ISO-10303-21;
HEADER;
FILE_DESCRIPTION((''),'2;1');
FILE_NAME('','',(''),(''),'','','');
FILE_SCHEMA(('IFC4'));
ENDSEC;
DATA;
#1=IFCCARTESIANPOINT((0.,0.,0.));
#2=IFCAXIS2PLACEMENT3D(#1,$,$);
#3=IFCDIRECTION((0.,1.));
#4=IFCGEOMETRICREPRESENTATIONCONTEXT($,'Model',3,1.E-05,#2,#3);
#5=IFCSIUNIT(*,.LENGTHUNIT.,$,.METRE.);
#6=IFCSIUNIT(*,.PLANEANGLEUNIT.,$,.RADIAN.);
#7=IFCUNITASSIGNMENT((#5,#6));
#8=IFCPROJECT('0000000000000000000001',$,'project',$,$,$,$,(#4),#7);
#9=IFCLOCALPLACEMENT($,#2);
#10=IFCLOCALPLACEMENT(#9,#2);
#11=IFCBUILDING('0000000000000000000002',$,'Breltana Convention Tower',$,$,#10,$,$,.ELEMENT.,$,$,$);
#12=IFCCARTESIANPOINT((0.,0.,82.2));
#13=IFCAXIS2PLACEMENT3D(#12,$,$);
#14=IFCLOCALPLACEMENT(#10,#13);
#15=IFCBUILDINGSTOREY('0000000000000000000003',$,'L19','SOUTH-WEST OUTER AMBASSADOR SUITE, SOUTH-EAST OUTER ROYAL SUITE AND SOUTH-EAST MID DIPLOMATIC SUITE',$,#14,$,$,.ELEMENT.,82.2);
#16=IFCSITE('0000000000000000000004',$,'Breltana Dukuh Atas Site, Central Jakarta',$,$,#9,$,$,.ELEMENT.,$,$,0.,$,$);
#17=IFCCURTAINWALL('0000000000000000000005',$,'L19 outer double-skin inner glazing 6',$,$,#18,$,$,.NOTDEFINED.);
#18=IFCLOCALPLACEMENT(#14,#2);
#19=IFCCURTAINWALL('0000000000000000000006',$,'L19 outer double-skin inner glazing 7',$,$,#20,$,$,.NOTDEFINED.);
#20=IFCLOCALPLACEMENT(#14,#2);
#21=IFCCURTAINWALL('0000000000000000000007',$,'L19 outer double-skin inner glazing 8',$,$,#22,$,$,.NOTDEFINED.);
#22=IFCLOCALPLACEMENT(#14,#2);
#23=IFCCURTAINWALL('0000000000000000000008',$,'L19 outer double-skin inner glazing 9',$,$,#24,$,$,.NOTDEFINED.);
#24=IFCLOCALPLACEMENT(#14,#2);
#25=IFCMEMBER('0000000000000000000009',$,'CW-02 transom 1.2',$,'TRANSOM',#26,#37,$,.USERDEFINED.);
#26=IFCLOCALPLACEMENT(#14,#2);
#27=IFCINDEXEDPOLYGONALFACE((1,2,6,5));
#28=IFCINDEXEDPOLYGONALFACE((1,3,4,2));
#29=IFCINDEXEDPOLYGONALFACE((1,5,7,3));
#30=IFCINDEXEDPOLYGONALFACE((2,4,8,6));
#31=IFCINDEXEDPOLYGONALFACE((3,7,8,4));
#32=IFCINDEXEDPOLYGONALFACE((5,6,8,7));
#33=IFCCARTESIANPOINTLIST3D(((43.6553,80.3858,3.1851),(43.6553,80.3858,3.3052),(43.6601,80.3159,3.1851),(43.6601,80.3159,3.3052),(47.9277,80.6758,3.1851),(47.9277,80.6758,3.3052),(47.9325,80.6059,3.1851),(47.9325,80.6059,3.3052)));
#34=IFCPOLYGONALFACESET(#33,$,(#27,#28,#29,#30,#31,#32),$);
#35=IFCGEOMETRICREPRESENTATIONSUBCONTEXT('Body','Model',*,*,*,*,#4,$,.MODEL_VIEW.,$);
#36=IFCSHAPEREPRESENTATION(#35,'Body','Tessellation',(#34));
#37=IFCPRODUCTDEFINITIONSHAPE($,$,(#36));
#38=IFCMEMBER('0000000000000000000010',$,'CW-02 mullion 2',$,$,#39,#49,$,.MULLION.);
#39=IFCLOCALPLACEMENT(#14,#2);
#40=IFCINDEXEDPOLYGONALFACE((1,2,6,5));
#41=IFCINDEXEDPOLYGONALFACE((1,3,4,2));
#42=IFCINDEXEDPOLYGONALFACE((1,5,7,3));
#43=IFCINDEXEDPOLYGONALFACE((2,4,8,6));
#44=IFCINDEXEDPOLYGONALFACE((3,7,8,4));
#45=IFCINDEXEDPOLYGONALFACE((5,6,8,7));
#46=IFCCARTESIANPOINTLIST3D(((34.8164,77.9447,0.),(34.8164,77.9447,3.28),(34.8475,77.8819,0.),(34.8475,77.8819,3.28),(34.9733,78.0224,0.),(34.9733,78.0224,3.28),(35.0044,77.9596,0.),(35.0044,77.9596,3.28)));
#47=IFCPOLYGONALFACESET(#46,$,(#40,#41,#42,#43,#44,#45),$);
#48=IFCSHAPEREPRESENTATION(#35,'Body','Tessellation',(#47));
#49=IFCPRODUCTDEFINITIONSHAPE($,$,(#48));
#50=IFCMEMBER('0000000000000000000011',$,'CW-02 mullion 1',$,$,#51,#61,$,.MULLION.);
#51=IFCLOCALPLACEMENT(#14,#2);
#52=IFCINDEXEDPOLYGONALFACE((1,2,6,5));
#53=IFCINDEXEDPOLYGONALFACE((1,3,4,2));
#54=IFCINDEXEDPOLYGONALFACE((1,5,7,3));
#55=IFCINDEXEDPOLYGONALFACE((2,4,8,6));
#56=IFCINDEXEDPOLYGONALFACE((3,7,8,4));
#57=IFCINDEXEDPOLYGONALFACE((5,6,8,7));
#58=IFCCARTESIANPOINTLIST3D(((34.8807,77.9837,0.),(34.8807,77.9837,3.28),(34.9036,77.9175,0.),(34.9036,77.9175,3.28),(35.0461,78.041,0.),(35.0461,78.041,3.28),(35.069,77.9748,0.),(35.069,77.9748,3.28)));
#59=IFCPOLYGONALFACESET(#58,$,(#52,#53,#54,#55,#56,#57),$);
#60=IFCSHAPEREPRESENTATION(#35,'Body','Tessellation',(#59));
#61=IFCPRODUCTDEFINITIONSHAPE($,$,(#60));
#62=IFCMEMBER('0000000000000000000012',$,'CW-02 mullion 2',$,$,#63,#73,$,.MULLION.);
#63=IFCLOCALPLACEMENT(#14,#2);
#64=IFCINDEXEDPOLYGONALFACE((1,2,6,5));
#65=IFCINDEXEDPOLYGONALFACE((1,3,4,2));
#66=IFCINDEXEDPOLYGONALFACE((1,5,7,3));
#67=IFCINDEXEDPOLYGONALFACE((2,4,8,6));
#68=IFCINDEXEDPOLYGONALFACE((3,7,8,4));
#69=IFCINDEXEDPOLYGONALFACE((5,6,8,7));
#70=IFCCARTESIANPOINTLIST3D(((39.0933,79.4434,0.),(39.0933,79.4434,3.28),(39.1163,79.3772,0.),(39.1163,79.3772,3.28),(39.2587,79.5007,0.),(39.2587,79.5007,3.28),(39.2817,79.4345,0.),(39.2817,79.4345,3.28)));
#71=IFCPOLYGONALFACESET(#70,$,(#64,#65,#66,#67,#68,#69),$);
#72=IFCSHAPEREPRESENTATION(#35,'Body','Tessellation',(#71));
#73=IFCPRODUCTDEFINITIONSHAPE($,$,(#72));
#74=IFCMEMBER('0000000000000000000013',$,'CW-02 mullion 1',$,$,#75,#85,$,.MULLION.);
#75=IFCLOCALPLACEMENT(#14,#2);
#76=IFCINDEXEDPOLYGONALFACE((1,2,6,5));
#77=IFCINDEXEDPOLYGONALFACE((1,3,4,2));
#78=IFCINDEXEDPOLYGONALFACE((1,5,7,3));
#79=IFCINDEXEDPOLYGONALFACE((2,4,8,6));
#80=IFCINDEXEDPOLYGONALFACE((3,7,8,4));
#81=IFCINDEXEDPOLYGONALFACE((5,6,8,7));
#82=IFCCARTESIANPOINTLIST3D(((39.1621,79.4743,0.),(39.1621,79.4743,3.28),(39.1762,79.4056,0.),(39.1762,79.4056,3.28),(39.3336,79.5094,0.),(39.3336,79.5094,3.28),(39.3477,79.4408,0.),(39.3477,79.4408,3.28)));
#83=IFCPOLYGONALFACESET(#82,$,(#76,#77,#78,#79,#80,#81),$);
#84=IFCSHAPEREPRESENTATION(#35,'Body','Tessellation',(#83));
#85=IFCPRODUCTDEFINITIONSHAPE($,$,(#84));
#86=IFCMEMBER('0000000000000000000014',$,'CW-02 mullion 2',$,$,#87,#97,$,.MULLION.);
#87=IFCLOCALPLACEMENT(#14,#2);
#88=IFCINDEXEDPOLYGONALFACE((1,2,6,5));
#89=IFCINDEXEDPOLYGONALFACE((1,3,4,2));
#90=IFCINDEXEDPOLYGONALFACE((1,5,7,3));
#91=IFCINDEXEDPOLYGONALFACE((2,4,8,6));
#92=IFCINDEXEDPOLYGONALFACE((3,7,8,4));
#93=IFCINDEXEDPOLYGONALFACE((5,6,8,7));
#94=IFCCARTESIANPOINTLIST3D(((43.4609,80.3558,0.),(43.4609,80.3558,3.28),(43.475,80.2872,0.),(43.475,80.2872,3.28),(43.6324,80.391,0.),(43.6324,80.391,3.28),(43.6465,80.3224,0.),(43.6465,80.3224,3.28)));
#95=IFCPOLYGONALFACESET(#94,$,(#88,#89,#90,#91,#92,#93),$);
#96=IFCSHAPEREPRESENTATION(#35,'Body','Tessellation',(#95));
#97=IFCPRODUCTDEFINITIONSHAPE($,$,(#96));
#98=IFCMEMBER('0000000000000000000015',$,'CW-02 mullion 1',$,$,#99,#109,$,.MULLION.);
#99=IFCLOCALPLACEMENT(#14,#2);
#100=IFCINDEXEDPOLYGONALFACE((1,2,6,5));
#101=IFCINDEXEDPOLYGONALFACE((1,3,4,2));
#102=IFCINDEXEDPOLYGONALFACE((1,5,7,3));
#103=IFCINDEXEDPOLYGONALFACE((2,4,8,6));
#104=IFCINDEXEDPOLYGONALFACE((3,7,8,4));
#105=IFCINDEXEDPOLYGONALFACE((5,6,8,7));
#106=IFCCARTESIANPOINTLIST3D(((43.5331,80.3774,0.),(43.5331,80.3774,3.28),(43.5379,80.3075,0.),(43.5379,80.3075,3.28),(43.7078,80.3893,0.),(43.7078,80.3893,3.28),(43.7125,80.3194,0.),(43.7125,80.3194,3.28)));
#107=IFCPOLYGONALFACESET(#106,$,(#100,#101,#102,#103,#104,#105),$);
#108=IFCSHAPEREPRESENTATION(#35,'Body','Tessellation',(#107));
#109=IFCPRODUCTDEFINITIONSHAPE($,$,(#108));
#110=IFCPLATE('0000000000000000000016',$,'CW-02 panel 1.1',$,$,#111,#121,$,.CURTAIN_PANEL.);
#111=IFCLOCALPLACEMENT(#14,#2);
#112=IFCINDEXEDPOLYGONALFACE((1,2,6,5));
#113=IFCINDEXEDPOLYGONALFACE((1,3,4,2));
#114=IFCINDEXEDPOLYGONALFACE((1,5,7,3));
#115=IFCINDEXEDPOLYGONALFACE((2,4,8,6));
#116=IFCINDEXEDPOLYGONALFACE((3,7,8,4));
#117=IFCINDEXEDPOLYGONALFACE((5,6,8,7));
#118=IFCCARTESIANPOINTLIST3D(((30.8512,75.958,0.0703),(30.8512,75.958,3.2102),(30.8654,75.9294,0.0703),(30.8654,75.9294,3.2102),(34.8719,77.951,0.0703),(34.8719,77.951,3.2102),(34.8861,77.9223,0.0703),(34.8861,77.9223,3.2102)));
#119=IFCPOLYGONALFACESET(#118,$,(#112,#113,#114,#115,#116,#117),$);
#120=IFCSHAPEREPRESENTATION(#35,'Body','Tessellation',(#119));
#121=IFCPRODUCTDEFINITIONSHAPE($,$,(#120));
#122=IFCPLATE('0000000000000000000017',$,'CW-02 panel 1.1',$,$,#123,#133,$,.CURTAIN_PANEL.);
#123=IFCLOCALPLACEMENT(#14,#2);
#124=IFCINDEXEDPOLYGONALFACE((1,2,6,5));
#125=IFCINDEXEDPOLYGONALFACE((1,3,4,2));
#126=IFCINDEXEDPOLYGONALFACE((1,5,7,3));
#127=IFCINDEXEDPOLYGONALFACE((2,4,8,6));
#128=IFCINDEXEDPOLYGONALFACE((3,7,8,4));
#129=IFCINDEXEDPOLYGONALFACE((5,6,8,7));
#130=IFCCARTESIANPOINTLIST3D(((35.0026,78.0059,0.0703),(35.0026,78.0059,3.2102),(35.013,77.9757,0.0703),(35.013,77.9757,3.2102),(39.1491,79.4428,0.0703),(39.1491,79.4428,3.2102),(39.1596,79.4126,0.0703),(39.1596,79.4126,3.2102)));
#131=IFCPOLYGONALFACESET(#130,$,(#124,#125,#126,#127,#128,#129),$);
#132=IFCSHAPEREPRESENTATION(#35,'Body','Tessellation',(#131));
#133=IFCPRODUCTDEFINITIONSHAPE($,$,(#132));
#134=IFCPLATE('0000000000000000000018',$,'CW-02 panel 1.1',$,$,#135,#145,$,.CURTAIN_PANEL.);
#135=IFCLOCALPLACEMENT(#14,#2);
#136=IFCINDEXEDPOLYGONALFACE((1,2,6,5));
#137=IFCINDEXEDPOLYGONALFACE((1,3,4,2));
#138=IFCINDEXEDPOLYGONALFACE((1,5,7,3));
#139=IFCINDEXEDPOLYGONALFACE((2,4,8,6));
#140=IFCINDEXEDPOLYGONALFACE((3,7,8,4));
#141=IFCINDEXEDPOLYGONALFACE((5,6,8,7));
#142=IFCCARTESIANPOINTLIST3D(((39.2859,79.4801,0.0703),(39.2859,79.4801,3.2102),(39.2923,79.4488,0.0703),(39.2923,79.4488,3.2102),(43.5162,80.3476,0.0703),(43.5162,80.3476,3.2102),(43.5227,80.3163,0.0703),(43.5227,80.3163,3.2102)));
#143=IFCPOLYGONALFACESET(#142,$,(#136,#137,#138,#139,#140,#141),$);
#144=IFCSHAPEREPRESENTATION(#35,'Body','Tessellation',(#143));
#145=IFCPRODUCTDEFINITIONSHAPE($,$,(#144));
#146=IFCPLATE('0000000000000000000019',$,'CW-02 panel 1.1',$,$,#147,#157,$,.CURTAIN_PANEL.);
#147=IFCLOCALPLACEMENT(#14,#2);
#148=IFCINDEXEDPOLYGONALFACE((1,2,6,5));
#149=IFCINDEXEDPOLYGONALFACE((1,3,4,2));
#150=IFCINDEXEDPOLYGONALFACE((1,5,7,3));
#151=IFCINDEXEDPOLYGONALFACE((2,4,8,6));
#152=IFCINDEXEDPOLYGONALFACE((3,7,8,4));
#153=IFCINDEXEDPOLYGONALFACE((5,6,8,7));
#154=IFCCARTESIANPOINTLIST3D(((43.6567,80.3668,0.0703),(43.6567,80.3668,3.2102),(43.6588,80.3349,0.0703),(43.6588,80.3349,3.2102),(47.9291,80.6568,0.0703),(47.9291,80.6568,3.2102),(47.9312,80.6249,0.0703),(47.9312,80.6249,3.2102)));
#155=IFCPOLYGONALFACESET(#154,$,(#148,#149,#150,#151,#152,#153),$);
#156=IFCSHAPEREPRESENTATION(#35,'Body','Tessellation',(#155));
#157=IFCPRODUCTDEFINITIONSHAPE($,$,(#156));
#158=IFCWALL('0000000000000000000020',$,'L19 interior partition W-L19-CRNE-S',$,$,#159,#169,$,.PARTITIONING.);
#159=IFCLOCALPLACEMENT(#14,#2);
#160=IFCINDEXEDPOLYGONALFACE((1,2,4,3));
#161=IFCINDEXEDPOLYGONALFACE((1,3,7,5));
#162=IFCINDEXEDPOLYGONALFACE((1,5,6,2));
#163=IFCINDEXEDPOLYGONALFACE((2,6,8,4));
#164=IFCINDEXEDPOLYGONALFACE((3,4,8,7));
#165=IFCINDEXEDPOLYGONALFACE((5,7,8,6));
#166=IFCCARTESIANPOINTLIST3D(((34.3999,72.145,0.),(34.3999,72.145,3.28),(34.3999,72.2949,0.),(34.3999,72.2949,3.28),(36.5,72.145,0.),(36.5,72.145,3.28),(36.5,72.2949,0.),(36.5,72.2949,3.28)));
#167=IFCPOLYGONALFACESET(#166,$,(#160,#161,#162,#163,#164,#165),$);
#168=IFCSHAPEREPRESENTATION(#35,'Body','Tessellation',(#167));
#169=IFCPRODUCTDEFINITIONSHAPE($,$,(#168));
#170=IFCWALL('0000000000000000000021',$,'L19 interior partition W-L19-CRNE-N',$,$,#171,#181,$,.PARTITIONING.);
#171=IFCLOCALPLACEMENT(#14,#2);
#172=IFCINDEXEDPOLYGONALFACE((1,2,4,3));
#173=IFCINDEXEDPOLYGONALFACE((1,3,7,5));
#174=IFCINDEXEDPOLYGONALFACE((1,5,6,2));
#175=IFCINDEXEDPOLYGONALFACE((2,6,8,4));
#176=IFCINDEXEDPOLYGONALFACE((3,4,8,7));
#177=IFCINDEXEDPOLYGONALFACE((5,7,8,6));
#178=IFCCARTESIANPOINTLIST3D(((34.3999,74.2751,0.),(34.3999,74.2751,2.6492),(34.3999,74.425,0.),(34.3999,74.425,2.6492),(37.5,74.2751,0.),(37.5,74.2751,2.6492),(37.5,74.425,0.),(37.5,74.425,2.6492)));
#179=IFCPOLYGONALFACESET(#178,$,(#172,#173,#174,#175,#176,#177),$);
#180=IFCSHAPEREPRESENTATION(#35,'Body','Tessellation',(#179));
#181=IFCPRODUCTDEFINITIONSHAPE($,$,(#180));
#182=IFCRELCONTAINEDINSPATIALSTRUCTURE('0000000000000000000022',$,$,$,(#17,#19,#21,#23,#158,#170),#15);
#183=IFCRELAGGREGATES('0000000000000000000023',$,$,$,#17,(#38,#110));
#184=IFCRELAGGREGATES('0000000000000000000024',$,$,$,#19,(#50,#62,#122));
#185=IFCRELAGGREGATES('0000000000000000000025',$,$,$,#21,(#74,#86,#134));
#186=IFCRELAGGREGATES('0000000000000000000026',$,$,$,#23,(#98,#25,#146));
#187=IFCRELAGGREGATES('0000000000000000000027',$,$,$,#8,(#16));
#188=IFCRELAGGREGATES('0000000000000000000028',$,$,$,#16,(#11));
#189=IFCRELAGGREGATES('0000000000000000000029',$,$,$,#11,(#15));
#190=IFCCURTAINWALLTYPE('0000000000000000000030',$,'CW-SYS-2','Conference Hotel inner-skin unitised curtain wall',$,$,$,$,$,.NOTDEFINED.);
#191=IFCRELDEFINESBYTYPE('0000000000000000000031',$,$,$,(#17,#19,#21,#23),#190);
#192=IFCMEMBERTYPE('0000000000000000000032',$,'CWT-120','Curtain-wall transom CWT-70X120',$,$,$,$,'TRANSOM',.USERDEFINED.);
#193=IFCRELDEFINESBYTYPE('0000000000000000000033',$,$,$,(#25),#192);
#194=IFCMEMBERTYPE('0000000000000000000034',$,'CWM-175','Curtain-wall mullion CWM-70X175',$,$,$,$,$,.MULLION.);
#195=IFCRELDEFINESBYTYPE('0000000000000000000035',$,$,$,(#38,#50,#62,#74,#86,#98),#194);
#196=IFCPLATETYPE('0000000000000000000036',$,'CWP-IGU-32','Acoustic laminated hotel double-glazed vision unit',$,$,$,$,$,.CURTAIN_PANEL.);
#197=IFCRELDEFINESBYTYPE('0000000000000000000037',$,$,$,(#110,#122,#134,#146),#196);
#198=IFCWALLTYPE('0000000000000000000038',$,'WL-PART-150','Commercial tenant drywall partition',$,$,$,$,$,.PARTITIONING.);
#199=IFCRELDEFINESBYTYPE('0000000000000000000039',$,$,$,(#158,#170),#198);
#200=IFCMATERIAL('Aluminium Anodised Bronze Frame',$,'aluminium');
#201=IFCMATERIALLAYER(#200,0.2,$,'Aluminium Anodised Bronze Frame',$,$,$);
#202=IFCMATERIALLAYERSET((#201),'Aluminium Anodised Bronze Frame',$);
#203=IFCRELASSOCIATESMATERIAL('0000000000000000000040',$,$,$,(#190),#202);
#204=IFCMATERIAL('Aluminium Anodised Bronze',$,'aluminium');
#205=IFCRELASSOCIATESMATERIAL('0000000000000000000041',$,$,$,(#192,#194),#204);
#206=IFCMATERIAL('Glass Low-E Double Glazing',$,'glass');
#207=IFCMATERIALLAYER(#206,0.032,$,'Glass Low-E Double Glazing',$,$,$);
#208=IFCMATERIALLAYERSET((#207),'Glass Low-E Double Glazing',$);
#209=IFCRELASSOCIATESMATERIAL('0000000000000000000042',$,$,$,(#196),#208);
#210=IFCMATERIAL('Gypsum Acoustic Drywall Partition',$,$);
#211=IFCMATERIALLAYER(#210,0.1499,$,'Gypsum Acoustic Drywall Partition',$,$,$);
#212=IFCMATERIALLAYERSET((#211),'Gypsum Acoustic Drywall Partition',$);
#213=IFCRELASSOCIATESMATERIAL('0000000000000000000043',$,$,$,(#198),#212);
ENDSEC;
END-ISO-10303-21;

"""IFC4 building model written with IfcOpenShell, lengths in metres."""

from ifc_helpers import new_model, si_unit, direction, frame, frame_2d, origin, origin_2d, place, context, subcontext, project, spatial, rectangle, extrude, source, transform, mapped, material, layer, layer_set, material_profile, profile_set, type_object, element, aggregate, save


model = new_model("IFC4")

# Units and contexts
model_context = context("Model", 3, precision=1e-05, world=origin(), true_north=direction((0.0, 1.0)))
body_context = subcontext(model_context, "Body", "Model", "MODEL_VIEW")
ifc_project = project(units=[si_unit("LENGTHUNIT", "METRE"), si_unit("PLANEANGLEUNIT", "RADIAN")], contexts=[model_context])

# Site, building, storey
site_placement = place(None, origin())
site = spatial("IfcSite", under=ifc_project, at=site_placement, Name="Breltana Dukuh Atas Site, Central Jakarta", CompositionType="ELEMENT", RefElevation=0.0)
building_placement = place(site_placement, origin())
building = spatial("IfcBuilding", under=site, at=building_placement, Name="Breltana Convention Tower", CompositionType="ELEMENT")
storey_placement = place(building_placement, frame((0.0, 0.0, 82.2)))
storey = spatial("IfcBuildingStorey", under=building, at=storey_placement, Name="L19", Description="SOUTH-WEST OUTER AMBASSADOR SUITE, SOUTH-EAST OUTER ROYAL SUITE AND SOUTH-EAST MID DIPLOMATIC SUITE", CompositionType="ELEMENT", Elevation=82.2)

# Curtain wall
ifc_material_1 = material(Name="Aluminium Anodised Bronze Frame", Category="aluminium")
ifc_layer_1 = layer(ifc_material_1, 0.2, Name="Aluminium Anodised Bronze Frame")
ifc_layer_set_1 = layer_set([ifc_layer_1], Name="Aluminium Anodised Bronze Frame")
curtain_wall_type = type_object("IfcCurtainWallType", Name="CW-SYS-2", Description="Conference Hotel inner-skin unitised curtain wall", PredefinedType="NOTDEFINED", material=ifc_layer_set_1)
curtain_wall_1_placement = place(storey_placement, origin())
curtain_wall_1 = element("IfcCurtainWall", 1, at=curtain_wall_1_placement, inside=storey, type_object=curtain_wall_type, Name="L19 outer double-skin inner glazing 6", PredefinedType="NOTDEFINED")
ifc_material_2 = material(Name="Aluminium Anodised Bronze", Category="aluminium")
ifc_material_profile_1 = material_profile(ifc_material_2, rectangle(XDim=0.0701, YDim=0.1201, at=origin_2d()), Name="CWT-70X120")
ifc_profile_set_1 = profile_set([ifc_material_profile_1], Name="Aluminium Anodised Bronze")
member_type_1 = type_object("IfcMemberType", Name="CWT-120", Description="Curtain-wall transom CWT-70X120", ElementType="TRANSOM", PredefinedType="USERDEFINED", material=ifc_profile_set_1)

# Curtain walls, member
curtain_wall_2_placement = place(storey_placement, origin())
curtain_wall_2 = element("IfcCurtainWall", 2, at=curtain_wall_2_placement, inside=storey, type_object=curtain_wall_type, Name="L19 outer double-skin inner glazing 7", PredefinedType="NOTDEFINED")
curtain_wall_3_placement = place(storey_placement, origin())
curtain_wall_3 = element("IfcCurtainWall", 3, at=curtain_wall_3_placement, inside=storey, type_object=curtain_wall_type, Name="L19 outer double-skin inner glazing 8", PredefinedType="NOTDEFINED")
curtain_wall_4_placement = place(storey_placement, origin())
curtain_wall_4 = element("IfcCurtainWall", 4, at=curtain_wall_4_placement, inside=storey, type_object=curtain_wall_type, Name="L19 outer double-skin inner glazing 9", PredefinedType="NOTDEFINED")
shared_shape_1 = source(origin(), body_context, "Body", "SweptSolid", [
    extrude(rectangle(XDim=0.0701, YDim=0.1201, at=origin_2d()), origin(), (0.0, 0.0, 1.0), 4.2822),
])
member_1_placement = place(storey_placement, frame((43.6577, 80.3508, 3.2451), z_axis=(0.997704, 0.06773, 0.0), x_axis=(-0.06773, 0.997704, 0.0)))
member_1 = element("IfcMember", 5, at=member_1_placement, type_object=member_type_1, Name="CW-02 transom 1.2", ObjectType="TRANSOM", PredefinedType="USERDEFINED", context=body_context, shape_type="MappedRepresentation", body=[
    mapped(shared_shape_1, transform((0.0, 0.0, 0.0), scale=1.0)),
])

# Members
ifc_material_profile_2 = material_profile(ifc_material_2, rectangle(XDim=0.0701, YDim=0.175, at=origin_2d()), Name="CWM-70X175")
ifc_profile_set_2 = profile_set([ifc_material_profile_2], Name="Aluminium Anodised Bronze")
member_type_2 = type_object("IfcMemberType", Name="CWM-175", Description="Curtain-wall mullion CWM-70X175", PredefinedType="MULLION", material=ifc_profile_set_2)
shared_shape_2 = source(origin(), body_context, "Body", "SweptSolid", [
    extrude(rectangle(XDim=0.0701, YDim=0.175, at=origin_2d()), origin(), (0.0, 0.0, 1.0), 3.28),
])
member_2_placement = place(storey_placement, frame((34.9104, 77.9521, 0.0), z_axis=(0.0, 0.0, 1.0), x_axis=(-0.444108, 0.895973, 0.0)))
member_2 = element("IfcMember", 6, at=member_2_placement, type_object=member_type_2, Name="CW-02 mullion 2", PredefinedType="MULLION", context=body_context, shape_type="MappedRepresentation", body=[
    mapped(shared_shape_2, transform((0.0, 0.0, 0.0), scale=1.0)),
])
member_3_placement = place(storey_placement, frame((34.9749, 77.9792, 0.0), z_axis=(0.0, 0.0, 1.0), x_axis=(-0.327428, 0.944876, 0.0)))
member_3 = element("IfcMember", 7, at=member_3_placement, type_object=member_type_2, Name="CW-02 mullion 1", PredefinedType="MULLION", context=body_context, shape_type="MappedRepresentation", body=[
    mapped(shared_shape_2, transform((0.0, 0.0, 0.0), scale=1.0)),
])
member_4_placement = place(storey_placement, frame((39.1875, 79.439, 0.0), z_axis=(0.0, 0.0, 1.0), x_axis=(-0.327428, 0.944876, 0.0)))
member_4 = element("IfcMember", 8, at=member_4_placement, type_object=member_type_2, Name="CW-02 mullion 2", PredefinedType="MULLION", context=body_context, shape_type="MappedRepresentation", body=[
    mapped(shared_shape_2, transform((0.0, 0.0, 0.0), scale=1.0)),
])
member_5_placement = place(storey_placement, frame((39.2549, 79.4575, 0.0), z_axis=(0.0, 0.0, 1.0), x_axis=(-0.200885, 0.979615, 0.0)))
member_5 = element("IfcMember", 9, at=member_5_placement, type_object=member_type_2, Name="CW-02 mullion 1", PredefinedType="MULLION", context=body_context, shape_type="MappedRepresentation", body=[
    mapped(shared_shape_2, transform((0.0, 0.0, 0.0), scale=1.0)),
])
member_6_placement = place(storey_placement, frame((43.5537, 80.3391, 0.0), z_axis=(0.0, 0.0, 1.0), x_axis=(-0.200885, 0.979615, 0.0)))
member_6 = element("IfcMember", 10, at=member_6_placement, type_object=member_type_2, Name="CW-02 mullion 2", PredefinedType="MULLION", context=body_context, shape_type="MappedRepresentation", body=[
    mapped(shared_shape_2, transform((0.0, 0.0, 0.0), scale=1.0)),
])
member_7_placement = place(storey_placement, frame((43.6228, 80.3484, 0.0), z_axis=(0.0, 0.0, 1.0), x_axis=(-0.067726, 0.997704, 0.0)))
member_7 = element("IfcMember", 11, at=member_7_placement, type_object=member_type_2, Name="CW-02 mullion 1", PredefinedType="MULLION", context=body_context, shape_type="MappedRepresentation", body=[
    mapped(shared_shape_2, transform((0.0, 0.0, 0.0), scale=1.0)),
])

# Plates
ifc_material_3 = material(Name="Glass Low-E Double Glazing", Category="glass")
ifc_layer_2 = layer(ifc_material_3, 0.032, Name="Glass Low-E Double Glazing")
ifc_layer_set_2 = layer_set([ifc_layer_2], Name="Glass Low-E Double Glazing")
plate_type = type_object("IfcPlateType", Name="CWP-IGU-32", Description="Acoustic laminated hotel double-glazed vision unit", PredefinedType="CURTAIN_PANEL", material=ifc_layer_set_2)
shared_shape_3 = source(origin(), body_context, "Body", "SweptSolid", [
    extrude(rectangle(XDim=4.4875, YDim=0.032, at=origin_2d()), origin(), (0.0, 0.0, 1.0), 3.1399),
])
plate_1_placement = place(storey_placement, frame((32.8687, 76.9402, 0.0703), z_axis=(0.0, 0.0, 1.0), x_axis=(0.895973, 0.444108, 0.0)))
plate_1 = element("IfcPlate", 12, at=plate_1_placement, type_object=plate_type, Name="CW-02 panel 1.1", PredefinedType="CURTAIN_PANEL", context=body_context, shape_type="MappedRepresentation", body=[
    mapped(shared_shape_3, transform((0.0, 0.0, 0.0), scale=1.0)),
])
aggregate(curtain_wall_1, [member_2, plate_1])
shared_shape_4 = source(origin(), body_context, "Body", "SweptSolid", [
    extrude(rectangle(XDim=4.3884, YDim=0.032, at=origin_2d()), origin(), (0.0, 0.0, 1.0), 3.1399),
])
plate_2_placement = place(storey_placement, frame((37.0811, 78.7092, 0.0703), z_axis=(0.0, 0.0, 1.0), x_axis=(0.944876, 0.327428, 0.0)))
plate_2 = element("IfcPlate", 13, at=plate_2_placement, type_object=plate_type, Name="CW-02 panel 1.1", PredefinedType="CURTAIN_PANEL", context=body_context, shape_type="MappedRepresentation", body=[
    mapped(shared_shape_4, transform((0.0, 0.0, 0.0), scale=1.0)),
])
aggregate(curtain_wall_2, [member_3, member_4, plate_2])
shared_shape_5 = source(origin(), body_context, "Body", "SweptSolid", [
    extrude(rectangle(XDim=4.3184, YDim=0.032, at=origin_2d()), origin(), (0.0, 0.0, 1.0), 3.1399),
])
plate_3_placement = place(storey_placement, frame((41.4043, 79.8982, 0.0703), z_axis=(0.0, 0.0, 1.0), x_axis=(0.979615, 0.200885, 0.0)))
plate_3 = element("IfcPlate", 14, at=plate_3_placement, type_object=plate_type, Name="CW-02 panel 1.1", PredefinedType="CURTAIN_PANEL", context=body_context, shape_type="MappedRepresentation", body=[
    mapped(shared_shape_5, transform((0.0, 0.0, 0.0), scale=1.0)),
])
aggregate(curtain_wall_3, [member_5, member_6, plate_3])
shared_shape_6 = source(origin(), body_context, "Body", "SweptSolid", [
    extrude(rectangle(XDim=4.2822, YDim=0.032, at=origin_2d()), origin(), (0.0, 0.0, 1.0), 3.1399),
])
plate_4_placement = place(storey_placement, frame((45.7939, 80.4958, 0.0703), z_axis=(0.0, 0.0, 1.0), x_axis=(0.997704, 0.067726, 0.0)))
plate_4 = element("IfcPlate", 15, at=plate_4_placement, type_object=plate_type, Name="CW-02 panel 1.1", PredefinedType="CURTAIN_PANEL", context=body_context, shape_type="MappedRepresentation", body=[
    mapped(shared_shape_6, transform((0.0, 0.0, 0.0), scale=1.0)),
])
aggregate(curtain_wall_4, [member_7, member_1, plate_4])

# Walls
ifc_material_4 = material(Name="Gypsum Acoustic Drywall Partition")
ifc_layer_3 = layer(ifc_material_4, 0.1499, Name="Gypsum Acoustic Drywall Partition")
ifc_layer_set_3 = layer_set([ifc_layer_3], Name="Gypsum Acoustic Drywall Partition")
wall_type_1 = type_object("IfcWallType", Name="WL-PART-150", Description="Commercial tenant drywall partition", PredefinedType="PARTITIONING", material=ifc_layer_set_3)
shared_shape_7 = source(origin(), body_context, "Body", "SweptSolid", [
    extrude(rectangle(XDim=2.1001, YDim=0.1499, at=frame_2d((1.05, 0.0))), origin(), (0.0, 0.0, 1.0), 3.28),
])
wall_1_placement = place(storey_placement, frame((34.3999, 72.22, 0.0), z_axis=(0.0, 0.0, 1.0), x_axis=(1.0, 0.0, 0.0)))
element("IfcWall", 16, at=wall_1_placement, inside=storey, type_object=wall_type_1, Name="L19 interior partition W-L19-CRNE-S", PredefinedType="PARTITIONING", context=body_context, shape_type="MappedRepresentation", body=[
    mapped(shared_shape_7, transform((0.0, 0.0, 0.0), scale=1.0)),
])
shared_shape_8 = source(origin(), body_context, "Body", "SweptSolid", [
    extrude(rectangle(XDim=3.1001, YDim=0.1499, at=frame_2d((1.55, 0.0))), origin(), (0.0, 0.0, 1.0), 2.6492),
])
wall_2_placement = place(storey_placement, frame((34.3999, 74.3501, 0.0), z_axis=(0.0, 0.0, 1.0), x_axis=(1.0, 0.0, 0.0)))
element("IfcWall", 17, at=wall_2_placement, inside=storey, type_object=wall_type_1, Name="L19 interior partition W-L19-CRNE-N", PredefinedType="PARTITIONING", context=body_context, shape_type="MappedRepresentation", body=[
    mapped(shared_shape_8, transform((0.0, 0.0, 0.0), scale=1.0)),
])

save(model, "model.ifc")
